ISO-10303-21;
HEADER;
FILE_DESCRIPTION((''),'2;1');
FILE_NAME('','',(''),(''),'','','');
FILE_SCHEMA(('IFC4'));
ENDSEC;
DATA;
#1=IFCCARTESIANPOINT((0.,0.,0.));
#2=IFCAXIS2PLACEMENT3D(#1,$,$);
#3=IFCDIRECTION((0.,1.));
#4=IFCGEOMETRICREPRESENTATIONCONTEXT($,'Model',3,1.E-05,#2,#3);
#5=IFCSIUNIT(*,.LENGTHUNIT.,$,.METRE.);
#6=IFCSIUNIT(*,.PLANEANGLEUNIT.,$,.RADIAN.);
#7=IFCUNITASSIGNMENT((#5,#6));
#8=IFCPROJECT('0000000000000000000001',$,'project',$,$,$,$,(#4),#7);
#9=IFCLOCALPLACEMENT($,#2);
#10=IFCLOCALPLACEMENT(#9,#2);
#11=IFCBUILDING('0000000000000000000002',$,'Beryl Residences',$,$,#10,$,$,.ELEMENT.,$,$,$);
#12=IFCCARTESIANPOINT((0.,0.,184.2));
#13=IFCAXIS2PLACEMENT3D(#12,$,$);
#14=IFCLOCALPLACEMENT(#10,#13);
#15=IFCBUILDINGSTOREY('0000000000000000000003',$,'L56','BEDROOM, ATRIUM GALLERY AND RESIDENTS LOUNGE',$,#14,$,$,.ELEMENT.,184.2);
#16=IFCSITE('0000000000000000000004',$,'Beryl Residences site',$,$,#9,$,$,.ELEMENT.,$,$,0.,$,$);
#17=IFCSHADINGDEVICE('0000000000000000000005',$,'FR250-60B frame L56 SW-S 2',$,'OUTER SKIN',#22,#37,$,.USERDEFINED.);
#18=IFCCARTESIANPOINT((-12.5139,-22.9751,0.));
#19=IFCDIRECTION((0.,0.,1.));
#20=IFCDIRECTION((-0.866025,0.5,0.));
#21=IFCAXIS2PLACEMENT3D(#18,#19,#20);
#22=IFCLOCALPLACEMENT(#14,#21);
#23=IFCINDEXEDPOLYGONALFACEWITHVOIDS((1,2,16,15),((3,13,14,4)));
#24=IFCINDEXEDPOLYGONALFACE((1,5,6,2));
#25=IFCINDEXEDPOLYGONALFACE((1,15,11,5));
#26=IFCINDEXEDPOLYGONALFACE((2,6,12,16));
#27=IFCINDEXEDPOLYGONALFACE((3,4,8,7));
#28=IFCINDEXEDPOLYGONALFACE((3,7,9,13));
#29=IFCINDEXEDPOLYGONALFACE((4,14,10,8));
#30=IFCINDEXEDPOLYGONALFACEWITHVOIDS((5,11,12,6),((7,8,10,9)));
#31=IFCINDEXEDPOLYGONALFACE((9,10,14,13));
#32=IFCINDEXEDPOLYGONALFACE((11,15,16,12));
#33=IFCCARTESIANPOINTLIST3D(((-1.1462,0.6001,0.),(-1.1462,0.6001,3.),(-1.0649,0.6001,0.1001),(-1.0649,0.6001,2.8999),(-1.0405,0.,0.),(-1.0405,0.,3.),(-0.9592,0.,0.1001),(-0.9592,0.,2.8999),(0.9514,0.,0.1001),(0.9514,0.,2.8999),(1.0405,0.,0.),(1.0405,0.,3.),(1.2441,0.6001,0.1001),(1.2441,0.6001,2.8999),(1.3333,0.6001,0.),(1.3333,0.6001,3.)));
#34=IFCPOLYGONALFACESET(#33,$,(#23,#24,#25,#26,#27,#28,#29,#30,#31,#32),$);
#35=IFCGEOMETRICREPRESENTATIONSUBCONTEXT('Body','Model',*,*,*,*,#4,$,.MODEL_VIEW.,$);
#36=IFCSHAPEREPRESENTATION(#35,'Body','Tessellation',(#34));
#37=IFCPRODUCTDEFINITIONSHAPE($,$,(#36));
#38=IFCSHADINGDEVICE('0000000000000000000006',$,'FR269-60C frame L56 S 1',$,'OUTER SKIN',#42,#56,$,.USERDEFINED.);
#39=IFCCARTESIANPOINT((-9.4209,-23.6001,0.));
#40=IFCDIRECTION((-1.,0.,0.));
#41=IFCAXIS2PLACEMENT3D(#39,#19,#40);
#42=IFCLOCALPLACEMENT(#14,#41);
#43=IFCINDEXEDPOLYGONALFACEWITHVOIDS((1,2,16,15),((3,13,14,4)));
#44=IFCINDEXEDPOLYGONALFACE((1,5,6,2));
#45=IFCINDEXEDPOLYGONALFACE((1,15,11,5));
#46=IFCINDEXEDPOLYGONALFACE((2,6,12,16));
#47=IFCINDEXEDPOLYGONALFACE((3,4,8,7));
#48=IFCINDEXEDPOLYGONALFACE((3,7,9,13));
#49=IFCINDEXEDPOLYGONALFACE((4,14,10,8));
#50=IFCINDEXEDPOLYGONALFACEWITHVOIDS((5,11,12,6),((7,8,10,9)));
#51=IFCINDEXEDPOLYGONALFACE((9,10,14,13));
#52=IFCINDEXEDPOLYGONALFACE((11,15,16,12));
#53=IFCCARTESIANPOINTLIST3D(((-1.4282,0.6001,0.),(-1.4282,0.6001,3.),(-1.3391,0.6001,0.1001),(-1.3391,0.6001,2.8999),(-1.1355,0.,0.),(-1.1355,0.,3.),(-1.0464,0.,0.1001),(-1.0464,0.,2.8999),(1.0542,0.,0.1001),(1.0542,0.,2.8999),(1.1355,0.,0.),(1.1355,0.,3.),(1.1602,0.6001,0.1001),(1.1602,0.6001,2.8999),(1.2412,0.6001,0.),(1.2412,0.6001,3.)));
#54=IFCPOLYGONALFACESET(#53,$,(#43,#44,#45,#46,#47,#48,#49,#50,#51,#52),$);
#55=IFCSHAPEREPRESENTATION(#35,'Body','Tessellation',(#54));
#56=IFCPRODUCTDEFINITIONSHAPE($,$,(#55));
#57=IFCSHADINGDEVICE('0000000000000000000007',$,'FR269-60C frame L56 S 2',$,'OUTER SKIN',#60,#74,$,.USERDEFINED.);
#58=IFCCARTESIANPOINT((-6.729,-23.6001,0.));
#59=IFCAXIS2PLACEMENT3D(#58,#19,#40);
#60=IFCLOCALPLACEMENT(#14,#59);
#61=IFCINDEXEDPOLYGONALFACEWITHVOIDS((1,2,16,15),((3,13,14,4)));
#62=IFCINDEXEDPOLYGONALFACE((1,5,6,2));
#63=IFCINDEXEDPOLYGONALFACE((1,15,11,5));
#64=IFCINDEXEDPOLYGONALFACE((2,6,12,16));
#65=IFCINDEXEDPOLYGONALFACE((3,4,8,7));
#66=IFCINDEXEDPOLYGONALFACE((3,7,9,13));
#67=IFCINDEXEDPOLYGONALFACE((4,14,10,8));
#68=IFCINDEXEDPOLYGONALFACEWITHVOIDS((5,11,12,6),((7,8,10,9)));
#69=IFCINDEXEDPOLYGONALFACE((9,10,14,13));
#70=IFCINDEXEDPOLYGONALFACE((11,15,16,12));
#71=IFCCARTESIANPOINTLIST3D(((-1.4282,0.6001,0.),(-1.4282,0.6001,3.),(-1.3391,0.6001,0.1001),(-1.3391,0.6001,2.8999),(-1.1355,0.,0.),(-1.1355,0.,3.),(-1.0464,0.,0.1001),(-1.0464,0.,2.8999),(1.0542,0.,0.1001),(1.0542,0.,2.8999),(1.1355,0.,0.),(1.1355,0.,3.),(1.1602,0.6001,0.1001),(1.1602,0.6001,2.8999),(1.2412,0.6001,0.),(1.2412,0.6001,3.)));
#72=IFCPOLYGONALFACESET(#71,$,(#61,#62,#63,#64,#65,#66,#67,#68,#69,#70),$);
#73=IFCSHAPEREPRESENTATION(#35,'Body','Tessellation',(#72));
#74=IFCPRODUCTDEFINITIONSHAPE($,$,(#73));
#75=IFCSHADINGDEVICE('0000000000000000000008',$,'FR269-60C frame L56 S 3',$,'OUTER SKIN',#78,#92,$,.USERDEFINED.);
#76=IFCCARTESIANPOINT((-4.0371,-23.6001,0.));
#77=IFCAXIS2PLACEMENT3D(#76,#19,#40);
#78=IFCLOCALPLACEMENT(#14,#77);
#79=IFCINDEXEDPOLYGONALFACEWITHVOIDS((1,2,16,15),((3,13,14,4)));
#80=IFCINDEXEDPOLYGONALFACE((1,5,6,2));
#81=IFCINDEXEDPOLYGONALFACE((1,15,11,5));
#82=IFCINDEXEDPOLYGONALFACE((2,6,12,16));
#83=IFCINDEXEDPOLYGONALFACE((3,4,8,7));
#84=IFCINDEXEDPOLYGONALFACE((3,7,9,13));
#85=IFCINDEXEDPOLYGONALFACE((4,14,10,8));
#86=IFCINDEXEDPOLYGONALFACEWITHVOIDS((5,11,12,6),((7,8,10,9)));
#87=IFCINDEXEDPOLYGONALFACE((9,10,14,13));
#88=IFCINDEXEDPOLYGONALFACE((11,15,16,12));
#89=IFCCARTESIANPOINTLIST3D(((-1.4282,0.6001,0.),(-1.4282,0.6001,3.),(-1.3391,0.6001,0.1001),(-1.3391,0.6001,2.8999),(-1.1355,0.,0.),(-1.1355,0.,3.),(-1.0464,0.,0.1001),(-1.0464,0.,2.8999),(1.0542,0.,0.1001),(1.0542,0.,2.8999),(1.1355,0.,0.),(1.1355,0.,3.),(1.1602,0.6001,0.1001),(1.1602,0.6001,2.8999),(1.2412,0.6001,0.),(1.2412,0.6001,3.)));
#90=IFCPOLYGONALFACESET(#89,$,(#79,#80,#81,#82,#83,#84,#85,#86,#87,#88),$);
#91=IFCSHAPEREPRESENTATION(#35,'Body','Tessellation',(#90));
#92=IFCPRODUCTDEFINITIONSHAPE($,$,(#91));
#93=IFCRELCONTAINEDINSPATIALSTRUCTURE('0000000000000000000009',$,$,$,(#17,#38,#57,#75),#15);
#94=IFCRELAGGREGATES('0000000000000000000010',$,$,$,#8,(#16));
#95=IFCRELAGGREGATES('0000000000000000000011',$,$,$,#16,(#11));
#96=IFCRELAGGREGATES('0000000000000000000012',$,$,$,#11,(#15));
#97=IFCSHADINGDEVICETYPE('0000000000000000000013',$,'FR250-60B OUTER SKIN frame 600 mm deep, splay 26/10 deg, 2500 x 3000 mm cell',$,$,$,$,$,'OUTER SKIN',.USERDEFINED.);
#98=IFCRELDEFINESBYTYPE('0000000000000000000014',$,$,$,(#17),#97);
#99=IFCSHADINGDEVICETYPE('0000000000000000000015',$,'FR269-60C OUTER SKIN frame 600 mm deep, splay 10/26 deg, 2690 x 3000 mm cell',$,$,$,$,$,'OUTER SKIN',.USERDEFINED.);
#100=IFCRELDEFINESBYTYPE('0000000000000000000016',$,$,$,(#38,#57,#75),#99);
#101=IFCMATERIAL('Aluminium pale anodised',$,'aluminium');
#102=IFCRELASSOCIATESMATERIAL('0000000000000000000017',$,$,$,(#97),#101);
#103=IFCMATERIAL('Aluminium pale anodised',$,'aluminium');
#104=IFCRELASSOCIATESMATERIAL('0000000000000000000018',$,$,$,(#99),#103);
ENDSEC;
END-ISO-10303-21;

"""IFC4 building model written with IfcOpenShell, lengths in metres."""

from ifc_helpers import new_model, entity, si_unit, direction, frame, origin, place, context, subcontext, project, spatial, source, transform, mapped, material, type_object, type_shapes, element, save


model = new_model("IFC4")

# Units and contexts
model_context = context("Model", 3, precision=1e-05, world=origin(), true_north=direction((0.0, 1.0)))
body_context = subcontext(model_context, "Body", "Model", "MODEL_VIEW")
ifc_project = project(units=[si_unit("LENGTHUNIT", "METRE"), si_unit("PLANEANGLEUNIT", "RADIAN")], contexts=[model_context])

# Site, building, storey
site_placement = place(None, origin())
site = spatial("IfcSite", under=ifc_project, at=site_placement, Name="Beryl Residences site", CompositionType="ELEMENT", RefElevation=0.0)
building_placement = place(site_placement, origin())
building = spatial("IfcBuilding", under=site, at=building_placement, Name="Beryl Residences", CompositionType="ELEMENT")
storey_placement = place(building_placement, frame((0.0, 0.0, 184.2)))
storey = spatial("IfcBuildingStorey", under=building, at=storey_placement, Name="L56", Description="BEDROOM, ATRIUM GALLERY AND RESIDENTS LOUNGE", CompositionType="ELEMENT", Elevation=184.2)

# Shading devices
ifc_material_1 = material(Name="Aluminium pale anodised", Category="aluminium")
shading_device_type_1 = type_object("IfcShadingDeviceType", Name="FR250-60B OUTER SKIN frame 600 mm deep, splay 26/10 deg, 2500 x 3000 mm cell", ElementType="OUTER SKIN", PredefinedType="USERDEFINED", material=ifc_material_1)
cartesian_point_1 = entity("IfcCartesianPoint", [-1.0405, 0.0])
cartesian_point_2 = entity("IfcCartesianPoint", [-0.9514, 0.1001])
cartesian_point_3 = entity("IfcCartesianPoint", [-1.3333, 0.0])
cartesian_point_4 = entity("IfcCartesianPoint", [-1.2441, 0.1001])
shared_shape_1 = source(origin(), body_context, "Body", "SweptSolid", [
    entity("IfcExtrudedAreaSolidTapered", entity("IfcArbitraryProfileDefWithVoids", "AREA", None, entity("IfcPolyline", [cartesian_point_1, entity("IfcCartesianPoint", [1.0405, 0.0]), entity("IfcCartesianPoint", [1.0405, 3.0]), entity("IfcCartesianPoint", [-1.0405, 3.0]), cartesian_point_1]), [entity("IfcPolyline", [cartesian_point_2, entity("IfcCartesianPoint", [0.9592, 0.1001]), entity("IfcCartesianPoint", [0.9592, 2.8999]), entity("IfcCartesianPoint", [-0.9514, 2.8999]), cartesian_point_2])]), entity("IfcAxis2Placement3D", entity("IfcCartesianPoint", [0.0, 0.0, 0.0]), entity("IfcDirection", [0.0, 1.0, 0.0]), entity("IfcDirection", [-1.0, 0.0, 0.0])), entity("IfcDirection", [0.0, 0.0, 1.0]), 0.6001, entity("IfcArbitraryProfileDefWithVoids", "AREA", None, entity("IfcPolyline", [cartesian_point_3, entity("IfcCartesianPoint", [1.1462, 0.0]), entity("IfcCartesianPoint", [1.1462, 3.0]), entity("IfcCartesianPoint", [-1.3333, 3.0]), cartesian_point_3]), [entity("IfcPolyline", [cartesian_point_4, entity("IfcCartesianPoint", [1.0649, 0.1001]), entity("IfcCartesianPoint", [1.0649, 2.8999]), entity("IfcCartesianPoint", [-1.2441, 2.8999]), cartesian_point_4])])),
])
type_shapes(shading_device_type_1, [shared_shape_1])
shading_device_placement = place(storey_placement, frame((-12.5139, -22.9751, 0.0), z_axis=(0.0, 0.0, 1.0), x_axis=(-0.866025, 0.5, 0.0)))
element("IfcShadingDevice", 1, at=shading_device_placement, inside=storey, type_object=shading_device_type_1, Name="FR250-60B frame L56 SW-S 2", ObjectType="OUTER SKIN", PredefinedType="USERDEFINED", context=body_context, shape_type="MappedRepresentation", body=[
    mapped(shared_shape_1, transform((0.0, 0.0, 0.0))),
])
ifc_material_2 = material(Name="Aluminium pale anodised", Category="aluminium")
shading_device_type_2 = type_object("IfcShadingDeviceType", Name="FR269-60C OUTER SKIN frame 600 mm deep, splay 10/26 deg, 2690 x 3000 mm cell", ElementType="OUTER SKIN", PredefinedType="USERDEFINED", material=ifc_material_2)
cartesian_point_5 = entity("IfcCartesianPoint", [-1.1355, 0.0])
cartesian_point_6 = entity("IfcCartesianPoint", [-1.0542, 0.1001])
cartesian_point_7 = entity("IfcCartesianPoint", [-1.2412, 0.0])
cartesian_point_8 = entity("IfcCartesianPoint", [-1.1602, 0.1001])
shared_shape_2 = source(origin(), body_context, "Body", "SweptSolid", [
    entity("IfcExtrudedAreaSolidTapered", entity("IfcArbitraryProfileDefWithVoids", "AREA", None, entity("IfcPolyline", [cartesian_point_5, entity("IfcCartesianPoint", [1.1355, 0.0]), entity("IfcCartesianPoint", [1.1355, 3.0]), entity("IfcCartesianPoint", [-1.1355, 3.0]), cartesian_point_5]), [entity("IfcPolyline", [cartesian_point_6, entity("IfcCartesianPoint", [1.0464, 0.1001]), entity("IfcCartesianPoint", [1.0464, 2.8999]), entity("IfcCartesianPoint", [-1.0542, 2.8999]), cartesian_point_6])]), entity("IfcAxis2Placement3D", entity("IfcCartesianPoint", [0.0, 0.0, 0.0]), entity("IfcDirection", [0.0, 1.0, 0.0]), entity("IfcDirection", [-1.0, 0.0, 0.0])), entity("IfcDirection", [0.0, 0.0, 1.0]), 0.6001, entity("IfcArbitraryProfileDefWithVoids", "AREA", None, entity("IfcPolyline", [cartesian_point_7, entity("IfcCartesianPoint", [1.4282, 0.0]), entity("IfcCartesianPoint", [1.4282, 3.0]), entity("IfcCartesianPoint", [-1.2412, 3.0]), cartesian_point_7]), [entity("IfcPolyline", [cartesian_point_8, entity("IfcCartesianPoint", [1.3391, 0.1001]), entity("IfcCartesianPoint", [1.3391, 2.8999]), entity("IfcCartesianPoint", [-1.1602, 2.8999]), cartesian_point_8])])),
])
type_shapes(shading_device_type_2, [shared_shape_2])
for number, where, z_axis, x_axis, name in (
    (2, (-9.4209, -23.6001, 0.0), (0.0, 0.0, 1.0), (-1.0, 0.0, 0.0), "FR269-60C frame L56 S 1"),
    (3, (-6.729, -23.6001, 0.0), (0.0, 0.0, 1.0), (-1.0, 0.0, 0.0), "FR269-60C frame L56 S 2"),
    (4, (-4.0371, -23.6001, 0.0), (0.0, 0.0, 1.0), (-1.0, 0.0, 0.0), "FR269-60C frame L56 S 3"),
):
    element("IfcShadingDevice", number, at=place(storey_placement, frame(where, z_axis=z_axis, x_axis=x_axis)), inside=storey, type_object=shading_device_type_2, Name=name, ObjectType="OUTER SKIN", PredefinedType="USERDEFINED", context=body_context, shape_type="MappedRepresentation", body=[
        mapped(shared_shape_2, transform((0.0, 0.0, 0.0))),
    ])

save(model, "model.ifc")
